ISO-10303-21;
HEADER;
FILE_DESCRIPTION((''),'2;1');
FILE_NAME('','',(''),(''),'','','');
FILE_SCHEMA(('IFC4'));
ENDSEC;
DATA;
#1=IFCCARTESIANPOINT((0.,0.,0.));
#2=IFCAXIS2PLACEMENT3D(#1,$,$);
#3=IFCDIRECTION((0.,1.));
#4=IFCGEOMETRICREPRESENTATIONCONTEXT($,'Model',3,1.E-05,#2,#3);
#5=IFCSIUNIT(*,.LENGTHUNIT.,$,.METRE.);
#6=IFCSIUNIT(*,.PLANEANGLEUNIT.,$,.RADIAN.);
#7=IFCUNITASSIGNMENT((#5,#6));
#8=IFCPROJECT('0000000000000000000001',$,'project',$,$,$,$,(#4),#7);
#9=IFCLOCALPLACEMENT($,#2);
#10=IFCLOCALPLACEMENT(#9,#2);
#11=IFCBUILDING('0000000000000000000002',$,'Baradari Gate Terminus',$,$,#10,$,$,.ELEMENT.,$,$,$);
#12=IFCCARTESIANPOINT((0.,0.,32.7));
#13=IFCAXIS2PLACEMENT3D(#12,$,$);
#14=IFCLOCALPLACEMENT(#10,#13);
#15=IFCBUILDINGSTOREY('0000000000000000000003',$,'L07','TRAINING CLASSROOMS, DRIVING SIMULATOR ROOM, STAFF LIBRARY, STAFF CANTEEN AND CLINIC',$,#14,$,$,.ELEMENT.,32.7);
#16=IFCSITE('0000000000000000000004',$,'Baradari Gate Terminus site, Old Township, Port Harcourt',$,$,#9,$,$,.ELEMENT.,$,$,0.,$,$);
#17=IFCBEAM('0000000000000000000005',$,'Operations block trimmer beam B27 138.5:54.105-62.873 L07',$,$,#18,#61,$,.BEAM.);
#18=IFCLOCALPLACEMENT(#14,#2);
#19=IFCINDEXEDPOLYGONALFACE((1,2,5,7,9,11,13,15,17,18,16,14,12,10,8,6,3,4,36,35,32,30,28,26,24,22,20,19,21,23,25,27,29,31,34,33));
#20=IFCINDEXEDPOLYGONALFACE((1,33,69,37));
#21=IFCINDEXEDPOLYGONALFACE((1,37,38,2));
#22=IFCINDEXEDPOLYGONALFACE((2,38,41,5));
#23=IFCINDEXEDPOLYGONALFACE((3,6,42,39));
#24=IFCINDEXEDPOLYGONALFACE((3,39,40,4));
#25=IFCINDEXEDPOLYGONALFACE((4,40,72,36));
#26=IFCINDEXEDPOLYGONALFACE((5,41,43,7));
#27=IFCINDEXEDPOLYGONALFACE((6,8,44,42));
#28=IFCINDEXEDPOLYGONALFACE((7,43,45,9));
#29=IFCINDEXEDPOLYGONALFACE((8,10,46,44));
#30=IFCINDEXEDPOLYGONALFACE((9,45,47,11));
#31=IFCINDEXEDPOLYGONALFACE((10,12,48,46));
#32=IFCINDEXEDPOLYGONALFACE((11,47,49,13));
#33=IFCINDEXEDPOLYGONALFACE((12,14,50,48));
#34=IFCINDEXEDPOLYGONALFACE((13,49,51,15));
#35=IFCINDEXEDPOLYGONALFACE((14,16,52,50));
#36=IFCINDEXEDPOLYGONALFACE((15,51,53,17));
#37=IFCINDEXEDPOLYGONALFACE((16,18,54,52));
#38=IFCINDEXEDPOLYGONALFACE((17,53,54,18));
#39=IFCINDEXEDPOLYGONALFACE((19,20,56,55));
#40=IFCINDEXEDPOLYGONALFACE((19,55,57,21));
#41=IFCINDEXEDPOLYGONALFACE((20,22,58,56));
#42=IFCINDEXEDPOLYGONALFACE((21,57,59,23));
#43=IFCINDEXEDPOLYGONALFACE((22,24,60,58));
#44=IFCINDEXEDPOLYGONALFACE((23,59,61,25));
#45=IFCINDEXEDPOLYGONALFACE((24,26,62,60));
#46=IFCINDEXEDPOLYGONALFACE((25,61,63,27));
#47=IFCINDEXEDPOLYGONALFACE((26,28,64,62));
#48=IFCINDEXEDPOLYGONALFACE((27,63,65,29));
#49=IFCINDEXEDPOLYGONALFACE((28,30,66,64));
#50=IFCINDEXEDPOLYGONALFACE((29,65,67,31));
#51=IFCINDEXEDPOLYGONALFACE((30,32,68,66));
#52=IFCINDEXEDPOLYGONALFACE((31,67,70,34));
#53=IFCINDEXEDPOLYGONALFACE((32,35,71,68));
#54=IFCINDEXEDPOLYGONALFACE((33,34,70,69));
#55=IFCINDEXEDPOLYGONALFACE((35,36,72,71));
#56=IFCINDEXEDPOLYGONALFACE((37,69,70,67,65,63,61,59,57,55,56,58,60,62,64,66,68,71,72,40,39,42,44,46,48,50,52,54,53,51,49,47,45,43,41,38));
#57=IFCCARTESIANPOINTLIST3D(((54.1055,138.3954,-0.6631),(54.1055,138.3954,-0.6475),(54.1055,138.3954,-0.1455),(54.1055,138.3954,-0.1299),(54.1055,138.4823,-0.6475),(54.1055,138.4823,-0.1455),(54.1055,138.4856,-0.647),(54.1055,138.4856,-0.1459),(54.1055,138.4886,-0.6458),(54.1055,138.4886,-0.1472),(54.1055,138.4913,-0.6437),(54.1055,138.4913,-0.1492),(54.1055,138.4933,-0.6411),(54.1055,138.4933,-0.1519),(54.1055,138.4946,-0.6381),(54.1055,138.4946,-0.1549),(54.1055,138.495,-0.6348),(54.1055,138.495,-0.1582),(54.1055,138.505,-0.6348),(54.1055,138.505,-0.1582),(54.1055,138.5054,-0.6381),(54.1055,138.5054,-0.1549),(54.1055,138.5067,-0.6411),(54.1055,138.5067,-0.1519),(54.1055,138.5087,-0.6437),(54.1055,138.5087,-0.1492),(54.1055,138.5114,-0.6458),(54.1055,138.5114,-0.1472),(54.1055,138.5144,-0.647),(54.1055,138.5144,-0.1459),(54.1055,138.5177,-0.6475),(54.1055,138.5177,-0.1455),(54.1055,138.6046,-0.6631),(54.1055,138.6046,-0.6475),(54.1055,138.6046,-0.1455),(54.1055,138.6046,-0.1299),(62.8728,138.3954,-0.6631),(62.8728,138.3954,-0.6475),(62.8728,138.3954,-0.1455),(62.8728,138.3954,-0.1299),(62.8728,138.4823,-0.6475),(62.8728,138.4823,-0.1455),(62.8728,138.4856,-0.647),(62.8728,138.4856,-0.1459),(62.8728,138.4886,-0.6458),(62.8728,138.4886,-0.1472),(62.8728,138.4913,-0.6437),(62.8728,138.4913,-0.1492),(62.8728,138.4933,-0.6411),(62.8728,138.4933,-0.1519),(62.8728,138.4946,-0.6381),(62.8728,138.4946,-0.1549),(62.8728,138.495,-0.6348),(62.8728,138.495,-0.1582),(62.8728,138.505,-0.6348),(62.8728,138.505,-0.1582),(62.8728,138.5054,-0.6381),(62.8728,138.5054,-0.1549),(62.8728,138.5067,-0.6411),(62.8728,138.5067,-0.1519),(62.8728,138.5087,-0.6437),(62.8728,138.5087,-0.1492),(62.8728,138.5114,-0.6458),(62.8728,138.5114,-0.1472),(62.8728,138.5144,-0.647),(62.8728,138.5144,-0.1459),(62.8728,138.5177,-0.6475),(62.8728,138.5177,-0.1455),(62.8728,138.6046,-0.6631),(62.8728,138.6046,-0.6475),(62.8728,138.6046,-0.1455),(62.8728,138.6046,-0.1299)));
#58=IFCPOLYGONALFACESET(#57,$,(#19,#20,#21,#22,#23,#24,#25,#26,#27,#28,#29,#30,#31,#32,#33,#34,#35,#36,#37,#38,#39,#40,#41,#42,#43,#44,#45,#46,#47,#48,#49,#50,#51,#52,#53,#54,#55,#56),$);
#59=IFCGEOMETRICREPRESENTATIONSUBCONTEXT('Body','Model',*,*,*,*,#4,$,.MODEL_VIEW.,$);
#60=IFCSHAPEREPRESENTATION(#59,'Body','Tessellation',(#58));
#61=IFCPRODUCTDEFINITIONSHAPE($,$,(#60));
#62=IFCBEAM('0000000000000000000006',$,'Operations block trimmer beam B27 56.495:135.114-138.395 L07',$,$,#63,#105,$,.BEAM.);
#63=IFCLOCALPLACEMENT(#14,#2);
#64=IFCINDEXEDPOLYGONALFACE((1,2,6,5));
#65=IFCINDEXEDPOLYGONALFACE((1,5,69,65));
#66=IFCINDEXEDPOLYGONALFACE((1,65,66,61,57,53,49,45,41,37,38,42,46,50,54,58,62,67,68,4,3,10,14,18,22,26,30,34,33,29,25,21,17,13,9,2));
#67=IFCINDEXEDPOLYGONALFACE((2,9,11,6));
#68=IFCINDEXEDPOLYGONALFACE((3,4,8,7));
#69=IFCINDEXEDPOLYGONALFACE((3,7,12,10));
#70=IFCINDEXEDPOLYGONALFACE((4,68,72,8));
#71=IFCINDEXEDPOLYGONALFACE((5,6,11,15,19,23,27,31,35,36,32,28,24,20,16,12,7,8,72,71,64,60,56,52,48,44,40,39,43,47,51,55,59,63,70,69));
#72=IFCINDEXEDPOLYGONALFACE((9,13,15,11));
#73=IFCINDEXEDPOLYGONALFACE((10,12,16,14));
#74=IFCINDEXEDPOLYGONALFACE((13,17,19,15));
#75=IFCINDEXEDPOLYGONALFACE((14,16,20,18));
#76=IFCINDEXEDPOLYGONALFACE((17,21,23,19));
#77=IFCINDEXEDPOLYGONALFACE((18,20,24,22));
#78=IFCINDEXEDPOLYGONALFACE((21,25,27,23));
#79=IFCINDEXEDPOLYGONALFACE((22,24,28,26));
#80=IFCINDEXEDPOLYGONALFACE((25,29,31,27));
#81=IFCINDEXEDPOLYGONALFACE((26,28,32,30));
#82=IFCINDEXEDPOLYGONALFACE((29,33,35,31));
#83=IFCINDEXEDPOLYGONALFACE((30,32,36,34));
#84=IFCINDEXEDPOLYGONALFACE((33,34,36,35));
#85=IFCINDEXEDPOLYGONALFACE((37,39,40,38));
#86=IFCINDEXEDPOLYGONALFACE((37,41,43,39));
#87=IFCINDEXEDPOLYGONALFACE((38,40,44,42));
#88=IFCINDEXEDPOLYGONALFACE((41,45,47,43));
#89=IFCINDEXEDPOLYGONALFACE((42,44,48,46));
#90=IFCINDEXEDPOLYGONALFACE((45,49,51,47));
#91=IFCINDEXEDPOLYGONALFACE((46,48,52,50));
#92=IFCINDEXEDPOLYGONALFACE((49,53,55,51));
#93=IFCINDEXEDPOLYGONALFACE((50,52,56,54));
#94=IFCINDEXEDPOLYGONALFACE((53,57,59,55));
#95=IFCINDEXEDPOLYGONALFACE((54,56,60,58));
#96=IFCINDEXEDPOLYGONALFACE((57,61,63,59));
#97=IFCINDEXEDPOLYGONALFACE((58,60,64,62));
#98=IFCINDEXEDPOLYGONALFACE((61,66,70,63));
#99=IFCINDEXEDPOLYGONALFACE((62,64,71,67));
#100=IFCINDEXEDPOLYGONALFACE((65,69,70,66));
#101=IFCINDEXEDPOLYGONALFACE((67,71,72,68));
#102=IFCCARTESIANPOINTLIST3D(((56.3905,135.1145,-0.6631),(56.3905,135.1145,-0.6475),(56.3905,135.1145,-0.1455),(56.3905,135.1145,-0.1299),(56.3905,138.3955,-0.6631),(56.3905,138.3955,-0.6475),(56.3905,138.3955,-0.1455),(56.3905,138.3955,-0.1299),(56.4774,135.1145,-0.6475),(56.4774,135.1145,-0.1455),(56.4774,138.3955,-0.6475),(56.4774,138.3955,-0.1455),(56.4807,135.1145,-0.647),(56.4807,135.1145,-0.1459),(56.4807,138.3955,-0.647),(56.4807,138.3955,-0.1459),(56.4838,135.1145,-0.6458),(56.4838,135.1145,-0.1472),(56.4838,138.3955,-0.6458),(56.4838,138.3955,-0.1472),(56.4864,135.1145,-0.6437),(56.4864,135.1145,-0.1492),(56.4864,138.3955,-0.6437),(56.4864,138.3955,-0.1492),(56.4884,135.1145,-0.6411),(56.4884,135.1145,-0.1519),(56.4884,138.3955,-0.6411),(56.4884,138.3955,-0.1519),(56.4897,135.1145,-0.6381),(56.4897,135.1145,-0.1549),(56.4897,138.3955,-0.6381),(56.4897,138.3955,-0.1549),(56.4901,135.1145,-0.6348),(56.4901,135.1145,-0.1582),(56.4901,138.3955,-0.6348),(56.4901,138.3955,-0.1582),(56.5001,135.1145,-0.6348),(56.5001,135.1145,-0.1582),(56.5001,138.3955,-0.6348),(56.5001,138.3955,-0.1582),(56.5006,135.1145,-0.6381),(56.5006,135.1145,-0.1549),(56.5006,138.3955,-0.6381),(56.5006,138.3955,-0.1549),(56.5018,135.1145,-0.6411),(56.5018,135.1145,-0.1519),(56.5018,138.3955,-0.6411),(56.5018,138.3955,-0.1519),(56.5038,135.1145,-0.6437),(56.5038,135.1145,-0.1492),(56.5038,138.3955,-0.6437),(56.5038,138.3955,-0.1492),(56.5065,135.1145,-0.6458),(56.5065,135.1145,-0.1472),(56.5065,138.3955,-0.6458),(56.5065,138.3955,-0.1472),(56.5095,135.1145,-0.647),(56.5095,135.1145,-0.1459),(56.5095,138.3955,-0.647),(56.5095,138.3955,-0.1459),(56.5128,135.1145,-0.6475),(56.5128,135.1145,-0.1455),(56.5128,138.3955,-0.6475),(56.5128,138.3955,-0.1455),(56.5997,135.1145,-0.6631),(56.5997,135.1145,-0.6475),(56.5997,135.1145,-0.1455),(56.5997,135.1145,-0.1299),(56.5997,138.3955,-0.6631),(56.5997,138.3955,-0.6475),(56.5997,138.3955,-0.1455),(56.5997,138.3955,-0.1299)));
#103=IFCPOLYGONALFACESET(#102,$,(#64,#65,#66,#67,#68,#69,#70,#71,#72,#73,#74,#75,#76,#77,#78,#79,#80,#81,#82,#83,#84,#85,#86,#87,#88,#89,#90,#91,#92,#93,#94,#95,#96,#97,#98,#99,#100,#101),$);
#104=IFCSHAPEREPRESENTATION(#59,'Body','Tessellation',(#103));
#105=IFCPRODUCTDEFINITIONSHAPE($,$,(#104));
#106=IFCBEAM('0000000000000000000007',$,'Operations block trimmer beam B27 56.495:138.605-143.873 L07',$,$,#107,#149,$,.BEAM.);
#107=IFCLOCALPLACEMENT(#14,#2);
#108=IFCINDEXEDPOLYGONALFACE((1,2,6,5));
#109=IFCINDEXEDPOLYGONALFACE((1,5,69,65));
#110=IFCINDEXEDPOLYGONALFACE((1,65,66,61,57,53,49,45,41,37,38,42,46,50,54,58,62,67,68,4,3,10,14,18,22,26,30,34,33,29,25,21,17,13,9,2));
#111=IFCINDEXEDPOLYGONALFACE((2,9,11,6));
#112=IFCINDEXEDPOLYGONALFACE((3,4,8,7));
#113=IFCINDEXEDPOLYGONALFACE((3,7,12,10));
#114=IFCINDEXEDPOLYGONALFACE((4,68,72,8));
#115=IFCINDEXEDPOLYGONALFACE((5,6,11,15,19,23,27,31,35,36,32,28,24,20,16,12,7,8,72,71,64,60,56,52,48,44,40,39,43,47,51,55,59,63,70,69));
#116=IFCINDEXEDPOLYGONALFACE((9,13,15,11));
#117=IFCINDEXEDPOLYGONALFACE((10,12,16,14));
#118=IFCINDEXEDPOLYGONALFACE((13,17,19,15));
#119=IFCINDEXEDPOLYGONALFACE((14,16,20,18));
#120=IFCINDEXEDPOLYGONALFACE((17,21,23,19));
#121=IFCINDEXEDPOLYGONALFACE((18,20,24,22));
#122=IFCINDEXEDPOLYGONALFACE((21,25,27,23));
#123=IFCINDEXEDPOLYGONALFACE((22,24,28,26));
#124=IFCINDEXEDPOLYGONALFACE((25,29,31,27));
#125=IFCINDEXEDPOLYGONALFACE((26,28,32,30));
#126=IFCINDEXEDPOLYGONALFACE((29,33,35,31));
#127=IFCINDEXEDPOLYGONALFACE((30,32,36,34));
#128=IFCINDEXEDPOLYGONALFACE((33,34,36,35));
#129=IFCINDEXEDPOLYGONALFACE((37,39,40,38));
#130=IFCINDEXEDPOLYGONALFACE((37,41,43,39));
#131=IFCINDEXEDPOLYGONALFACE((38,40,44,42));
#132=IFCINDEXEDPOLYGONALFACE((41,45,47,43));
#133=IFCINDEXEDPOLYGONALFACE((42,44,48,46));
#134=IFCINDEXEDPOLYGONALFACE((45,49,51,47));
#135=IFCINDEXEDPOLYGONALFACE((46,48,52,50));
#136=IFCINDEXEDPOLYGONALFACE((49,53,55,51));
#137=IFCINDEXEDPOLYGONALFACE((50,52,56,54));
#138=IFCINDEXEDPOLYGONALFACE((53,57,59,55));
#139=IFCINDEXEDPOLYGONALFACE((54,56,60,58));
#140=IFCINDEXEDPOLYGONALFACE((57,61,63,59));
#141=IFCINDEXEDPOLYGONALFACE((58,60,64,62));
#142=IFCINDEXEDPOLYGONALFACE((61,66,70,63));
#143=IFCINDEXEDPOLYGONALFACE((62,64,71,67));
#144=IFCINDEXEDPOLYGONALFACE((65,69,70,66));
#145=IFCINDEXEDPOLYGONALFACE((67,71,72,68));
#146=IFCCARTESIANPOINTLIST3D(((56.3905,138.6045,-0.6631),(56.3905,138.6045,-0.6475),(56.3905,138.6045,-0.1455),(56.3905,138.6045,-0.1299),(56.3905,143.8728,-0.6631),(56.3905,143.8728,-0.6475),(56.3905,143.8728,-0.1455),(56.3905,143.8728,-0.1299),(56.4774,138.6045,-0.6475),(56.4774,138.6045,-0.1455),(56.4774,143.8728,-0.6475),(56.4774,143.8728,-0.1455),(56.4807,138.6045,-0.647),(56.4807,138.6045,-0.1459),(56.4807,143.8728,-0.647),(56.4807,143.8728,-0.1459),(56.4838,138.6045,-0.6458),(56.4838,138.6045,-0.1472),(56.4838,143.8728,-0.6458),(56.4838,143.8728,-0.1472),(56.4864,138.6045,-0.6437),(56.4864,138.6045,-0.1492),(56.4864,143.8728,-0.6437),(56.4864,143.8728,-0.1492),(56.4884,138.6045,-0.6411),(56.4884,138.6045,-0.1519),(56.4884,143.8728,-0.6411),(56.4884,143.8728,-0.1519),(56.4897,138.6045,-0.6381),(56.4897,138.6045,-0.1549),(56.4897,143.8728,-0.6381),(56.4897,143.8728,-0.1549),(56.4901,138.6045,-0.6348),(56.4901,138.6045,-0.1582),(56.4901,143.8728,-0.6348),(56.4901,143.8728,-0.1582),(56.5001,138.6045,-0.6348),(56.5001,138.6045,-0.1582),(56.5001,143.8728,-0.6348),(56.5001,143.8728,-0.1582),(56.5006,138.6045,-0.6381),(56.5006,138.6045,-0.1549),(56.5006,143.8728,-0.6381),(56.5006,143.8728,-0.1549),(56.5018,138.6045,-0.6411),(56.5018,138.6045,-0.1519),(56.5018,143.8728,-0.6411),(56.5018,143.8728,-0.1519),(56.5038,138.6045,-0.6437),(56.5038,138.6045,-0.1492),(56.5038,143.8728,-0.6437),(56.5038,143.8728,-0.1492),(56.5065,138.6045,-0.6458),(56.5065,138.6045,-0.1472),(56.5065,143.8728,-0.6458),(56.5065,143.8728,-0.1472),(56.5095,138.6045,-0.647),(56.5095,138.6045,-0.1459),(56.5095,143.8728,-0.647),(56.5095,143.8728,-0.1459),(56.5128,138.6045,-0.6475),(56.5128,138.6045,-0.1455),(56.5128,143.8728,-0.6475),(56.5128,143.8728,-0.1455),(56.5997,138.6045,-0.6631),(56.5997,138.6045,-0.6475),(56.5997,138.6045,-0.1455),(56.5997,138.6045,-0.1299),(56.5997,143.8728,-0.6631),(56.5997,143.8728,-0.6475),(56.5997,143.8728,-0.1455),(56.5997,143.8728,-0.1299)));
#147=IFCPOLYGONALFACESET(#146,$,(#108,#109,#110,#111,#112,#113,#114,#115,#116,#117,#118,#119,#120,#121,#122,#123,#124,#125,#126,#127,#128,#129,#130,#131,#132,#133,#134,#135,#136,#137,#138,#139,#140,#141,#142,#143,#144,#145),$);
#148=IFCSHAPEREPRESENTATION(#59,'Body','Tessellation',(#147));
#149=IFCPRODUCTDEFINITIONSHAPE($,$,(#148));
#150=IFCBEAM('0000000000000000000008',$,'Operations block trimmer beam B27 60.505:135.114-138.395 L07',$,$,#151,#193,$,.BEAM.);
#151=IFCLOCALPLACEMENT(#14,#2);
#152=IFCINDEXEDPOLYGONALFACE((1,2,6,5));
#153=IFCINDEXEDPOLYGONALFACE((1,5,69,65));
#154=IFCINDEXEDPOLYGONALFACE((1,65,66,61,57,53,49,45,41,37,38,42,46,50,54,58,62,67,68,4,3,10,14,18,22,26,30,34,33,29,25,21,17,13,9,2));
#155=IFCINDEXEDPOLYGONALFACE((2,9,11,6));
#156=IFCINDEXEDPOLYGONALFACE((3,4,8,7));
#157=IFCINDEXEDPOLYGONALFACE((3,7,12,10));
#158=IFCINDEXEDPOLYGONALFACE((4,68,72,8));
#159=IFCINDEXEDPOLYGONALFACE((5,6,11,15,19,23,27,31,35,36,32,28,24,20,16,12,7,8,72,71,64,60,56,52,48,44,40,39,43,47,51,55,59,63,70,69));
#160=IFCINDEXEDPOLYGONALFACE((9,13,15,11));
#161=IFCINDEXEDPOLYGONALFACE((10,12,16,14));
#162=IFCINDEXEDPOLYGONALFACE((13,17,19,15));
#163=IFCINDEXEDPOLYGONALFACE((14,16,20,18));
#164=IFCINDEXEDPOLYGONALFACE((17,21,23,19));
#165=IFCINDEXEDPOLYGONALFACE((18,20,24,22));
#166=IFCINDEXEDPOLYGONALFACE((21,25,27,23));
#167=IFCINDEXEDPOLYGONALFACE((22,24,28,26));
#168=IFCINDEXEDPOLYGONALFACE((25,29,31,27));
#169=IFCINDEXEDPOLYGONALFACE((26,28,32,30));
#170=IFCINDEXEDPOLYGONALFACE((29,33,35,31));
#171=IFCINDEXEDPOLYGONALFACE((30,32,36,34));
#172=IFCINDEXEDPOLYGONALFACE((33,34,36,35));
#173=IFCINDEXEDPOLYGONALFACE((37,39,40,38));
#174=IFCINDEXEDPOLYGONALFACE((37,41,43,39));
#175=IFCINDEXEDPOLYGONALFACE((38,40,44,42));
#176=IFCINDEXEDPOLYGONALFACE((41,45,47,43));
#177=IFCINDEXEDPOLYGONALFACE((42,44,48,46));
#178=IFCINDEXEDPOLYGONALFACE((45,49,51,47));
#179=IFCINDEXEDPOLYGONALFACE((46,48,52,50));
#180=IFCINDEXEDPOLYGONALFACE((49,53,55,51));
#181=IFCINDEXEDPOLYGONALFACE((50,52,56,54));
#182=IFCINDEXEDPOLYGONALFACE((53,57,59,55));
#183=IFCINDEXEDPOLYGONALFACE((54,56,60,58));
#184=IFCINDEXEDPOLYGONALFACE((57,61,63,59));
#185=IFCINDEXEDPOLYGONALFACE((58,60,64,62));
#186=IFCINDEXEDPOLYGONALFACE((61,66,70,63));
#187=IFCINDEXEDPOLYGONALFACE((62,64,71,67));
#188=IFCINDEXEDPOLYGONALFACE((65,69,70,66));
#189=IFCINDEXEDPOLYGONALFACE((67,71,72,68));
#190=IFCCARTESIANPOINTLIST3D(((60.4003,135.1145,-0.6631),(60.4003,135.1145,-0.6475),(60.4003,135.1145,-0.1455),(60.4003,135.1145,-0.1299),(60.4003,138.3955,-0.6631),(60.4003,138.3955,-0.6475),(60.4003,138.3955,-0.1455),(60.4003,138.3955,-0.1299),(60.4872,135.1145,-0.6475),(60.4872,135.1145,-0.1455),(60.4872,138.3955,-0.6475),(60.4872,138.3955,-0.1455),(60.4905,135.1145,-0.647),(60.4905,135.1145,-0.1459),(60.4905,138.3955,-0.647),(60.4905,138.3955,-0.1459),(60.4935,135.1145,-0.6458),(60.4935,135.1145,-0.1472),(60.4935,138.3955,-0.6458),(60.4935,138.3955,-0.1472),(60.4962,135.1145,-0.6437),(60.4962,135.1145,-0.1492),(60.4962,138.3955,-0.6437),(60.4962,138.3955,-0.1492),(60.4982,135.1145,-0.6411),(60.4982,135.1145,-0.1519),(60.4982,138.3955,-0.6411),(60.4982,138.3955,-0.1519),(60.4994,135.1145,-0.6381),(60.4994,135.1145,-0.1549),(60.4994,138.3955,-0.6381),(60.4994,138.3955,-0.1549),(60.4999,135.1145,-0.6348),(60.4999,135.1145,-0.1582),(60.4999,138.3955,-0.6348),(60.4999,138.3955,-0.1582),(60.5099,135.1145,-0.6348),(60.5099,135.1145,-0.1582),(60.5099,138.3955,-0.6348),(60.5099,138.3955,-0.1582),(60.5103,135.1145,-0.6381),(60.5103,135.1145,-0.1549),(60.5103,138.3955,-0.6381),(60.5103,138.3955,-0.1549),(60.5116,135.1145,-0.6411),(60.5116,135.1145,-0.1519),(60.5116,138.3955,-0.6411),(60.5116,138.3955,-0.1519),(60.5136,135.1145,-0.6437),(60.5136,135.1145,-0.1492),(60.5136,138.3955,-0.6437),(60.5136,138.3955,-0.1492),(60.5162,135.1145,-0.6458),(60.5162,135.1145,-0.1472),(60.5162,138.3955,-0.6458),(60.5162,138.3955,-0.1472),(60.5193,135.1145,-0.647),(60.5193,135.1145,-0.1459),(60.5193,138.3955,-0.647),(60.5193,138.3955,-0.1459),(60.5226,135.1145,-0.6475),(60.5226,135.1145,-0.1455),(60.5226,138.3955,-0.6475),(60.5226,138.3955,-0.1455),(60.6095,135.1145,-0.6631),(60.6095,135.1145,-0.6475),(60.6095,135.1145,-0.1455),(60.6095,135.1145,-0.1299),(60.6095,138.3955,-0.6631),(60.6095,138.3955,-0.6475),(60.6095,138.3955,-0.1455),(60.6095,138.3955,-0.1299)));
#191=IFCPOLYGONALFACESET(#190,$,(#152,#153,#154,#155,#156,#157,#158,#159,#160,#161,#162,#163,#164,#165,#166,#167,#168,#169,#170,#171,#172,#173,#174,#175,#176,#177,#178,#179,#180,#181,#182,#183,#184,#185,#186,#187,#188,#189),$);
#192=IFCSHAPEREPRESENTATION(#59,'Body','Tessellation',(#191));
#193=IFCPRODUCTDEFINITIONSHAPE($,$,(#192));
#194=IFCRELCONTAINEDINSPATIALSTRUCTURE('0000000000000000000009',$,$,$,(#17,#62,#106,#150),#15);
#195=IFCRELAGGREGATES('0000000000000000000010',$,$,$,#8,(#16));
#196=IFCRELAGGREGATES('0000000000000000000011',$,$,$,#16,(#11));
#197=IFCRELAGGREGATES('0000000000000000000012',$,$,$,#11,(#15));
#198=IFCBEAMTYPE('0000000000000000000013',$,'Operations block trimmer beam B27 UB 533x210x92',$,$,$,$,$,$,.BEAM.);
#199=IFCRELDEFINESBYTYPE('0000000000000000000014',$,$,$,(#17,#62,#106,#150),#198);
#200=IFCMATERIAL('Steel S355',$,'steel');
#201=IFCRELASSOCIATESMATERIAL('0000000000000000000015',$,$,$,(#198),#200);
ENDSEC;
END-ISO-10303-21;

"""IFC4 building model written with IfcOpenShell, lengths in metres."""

from ifc_helpers import new_model, si_unit, direction, frame, origin, origin_2d, place, context, subcontext, project, spatial, i_section, extrude, material, material_profile, profile_set, type_object, element, save


model = new_model("IFC4")

# Units and contexts
model_context = context("Model", 3, precision=1e-05, world=origin(), true_north=direction((0.0, 1.0)))
body_context = subcontext(model_context, "Body", "Model", "MODEL_VIEW")
ifc_project = project(units=[si_unit("LENGTHUNIT", "METRE"), si_unit("PLANEANGLEUNIT", "RADIAN")], contexts=[model_context])

# Site, building, storey
site_placement = place(None, origin())
site = spatial("IfcSite", under=ifc_project, at=site_placement, Name="Baradari Gate Terminus site, Old Township, Port Harcourt", CompositionType="ELEMENT", RefElevation=0.0)
building_placement = place(site_placement, origin())
building = spatial("IfcBuilding", under=site, at=building_placement, Name="Baradari Gate Terminus", CompositionType="ELEMENT")
storey_placement = place(building_placement, frame((0.0, 0.0, 32.7)))
storey = spatial("IfcBuildingStorey", under=building, at=storey_placement, Name="L07", Description="TRAINING CLASSROOMS, DRIVING SIMULATOR ROOM, STAFF LIBRARY, STAFF CANTEEN AND CLINIC", CompositionType="ELEMENT", Elevation=32.7)

# Beams
ifc_material_1 = material(Name="Steel S355", Category="steel")
ifc_material_profile_1 = material_profile(ifc_material_1, i_section(OverallWidth=0.2092, OverallDepth=0.5332, WebThickness=0.01, FlangeThickness=0.0156, FilletRadius=0.0127, at=origin_2d()), Name="UB 533x210x92")
ifc_profile_set_1 = profile_set([ifc_material_profile_1], Name="Steel S355")
beam_type_1 = type_object("IfcBeamType", Name="Operations block trimmer beam B27 UB 533x210x92", PredefinedType="BEAM", material=ifc_profile_set_1)
beam_1_placement = place(storey_placement, frame((54.1055, 138.5, -0.3965), z_axis=(1.0, 0.0, 0.0), x_axis=(0.0, 1.0, 0.0)))
element("IfcBeam", 1, at=beam_1_placement, inside=storey, type_object=beam_type_1, Name="Operations block trimmer beam B27 138.5:54.105-62.873 L07", PredefinedType="BEAM", context=body_context, shape_type="SweptSolid", body=[
    extrude(i_section(OverallWidth=0.2092, OverallDepth=0.5332, WebThickness=0.01, FlangeThickness=0.0156, FilletRadius=0.0127, at=origin_2d()), origin(), (0.0, 0.0, 1.0), 8.7673),
])
beam_2_placement = place(storey_placement, frame((56.4951, 135.1145, -0.3965), z_axis=(0.0, 1.0, 0.0), x_axis=(-1.0, 0.0, 0.0)))
element("IfcBeam", 2, at=beam_2_placement, inside=storey, type_object=beam_type_1, Name="Operations block trimmer beam B27 56.495:135.114-138.395 L07", PredefinedType="BEAM", context=body_context, shape_type="SweptSolid", body=[
    extrude(i_section(OverallWidth=0.2092, OverallDepth=0.5332, WebThickness=0.01, FlangeThickness=0.0156, FilletRadius=0.0127, at=origin_2d()), origin(), (0.0, 0.0, 1.0), 3.281),
])
beam_3_placement = place(storey_placement, frame((56.4951, 138.6045, -0.3965), z_axis=(0.0, 1.0, 0.0), x_axis=(-1.0, 0.0, 0.0)))
element("IfcBeam", 3, at=beam_3_placement, inside=storey, type_object=beam_type_1, Name="Operations block trimmer beam B27 56.495:138.605-143.873 L07", PredefinedType="BEAM", context=body_context, shape_type="SweptSolid", body=[
    extrude(i_section(OverallWidth=0.2092, OverallDepth=0.5332, WebThickness=0.01, FlangeThickness=0.0156, FilletRadius=0.0127, at=origin_2d()), origin(), (0.0, 0.0, 1.0), 5.2683),
])
beam_4_placement = place(storey_placement, frame((60.5049, 135.1145, -0.3965), z_axis=(0.0, 1.0, 0.0), x_axis=(-1.0, 0.0, 0.0)))
element("IfcBeam", 4, at=beam_4_placement, inside=storey, type_object=beam_type_1, Name="Operations block trimmer beam B27 60.505:135.114-138.395 L07", PredefinedType="BEAM", context=body_context, shape_type="SweptSolid", body=[
    extrude(i_section(OverallWidth=0.2092, OverallDepth=0.5332, WebThickness=0.01, FlangeThickness=0.0156, FilletRadius=0.0127, at=origin_2d()), origin(), (0.0, 0.0, 1.0), 3.281),
])

save(model, "model.ifc")
